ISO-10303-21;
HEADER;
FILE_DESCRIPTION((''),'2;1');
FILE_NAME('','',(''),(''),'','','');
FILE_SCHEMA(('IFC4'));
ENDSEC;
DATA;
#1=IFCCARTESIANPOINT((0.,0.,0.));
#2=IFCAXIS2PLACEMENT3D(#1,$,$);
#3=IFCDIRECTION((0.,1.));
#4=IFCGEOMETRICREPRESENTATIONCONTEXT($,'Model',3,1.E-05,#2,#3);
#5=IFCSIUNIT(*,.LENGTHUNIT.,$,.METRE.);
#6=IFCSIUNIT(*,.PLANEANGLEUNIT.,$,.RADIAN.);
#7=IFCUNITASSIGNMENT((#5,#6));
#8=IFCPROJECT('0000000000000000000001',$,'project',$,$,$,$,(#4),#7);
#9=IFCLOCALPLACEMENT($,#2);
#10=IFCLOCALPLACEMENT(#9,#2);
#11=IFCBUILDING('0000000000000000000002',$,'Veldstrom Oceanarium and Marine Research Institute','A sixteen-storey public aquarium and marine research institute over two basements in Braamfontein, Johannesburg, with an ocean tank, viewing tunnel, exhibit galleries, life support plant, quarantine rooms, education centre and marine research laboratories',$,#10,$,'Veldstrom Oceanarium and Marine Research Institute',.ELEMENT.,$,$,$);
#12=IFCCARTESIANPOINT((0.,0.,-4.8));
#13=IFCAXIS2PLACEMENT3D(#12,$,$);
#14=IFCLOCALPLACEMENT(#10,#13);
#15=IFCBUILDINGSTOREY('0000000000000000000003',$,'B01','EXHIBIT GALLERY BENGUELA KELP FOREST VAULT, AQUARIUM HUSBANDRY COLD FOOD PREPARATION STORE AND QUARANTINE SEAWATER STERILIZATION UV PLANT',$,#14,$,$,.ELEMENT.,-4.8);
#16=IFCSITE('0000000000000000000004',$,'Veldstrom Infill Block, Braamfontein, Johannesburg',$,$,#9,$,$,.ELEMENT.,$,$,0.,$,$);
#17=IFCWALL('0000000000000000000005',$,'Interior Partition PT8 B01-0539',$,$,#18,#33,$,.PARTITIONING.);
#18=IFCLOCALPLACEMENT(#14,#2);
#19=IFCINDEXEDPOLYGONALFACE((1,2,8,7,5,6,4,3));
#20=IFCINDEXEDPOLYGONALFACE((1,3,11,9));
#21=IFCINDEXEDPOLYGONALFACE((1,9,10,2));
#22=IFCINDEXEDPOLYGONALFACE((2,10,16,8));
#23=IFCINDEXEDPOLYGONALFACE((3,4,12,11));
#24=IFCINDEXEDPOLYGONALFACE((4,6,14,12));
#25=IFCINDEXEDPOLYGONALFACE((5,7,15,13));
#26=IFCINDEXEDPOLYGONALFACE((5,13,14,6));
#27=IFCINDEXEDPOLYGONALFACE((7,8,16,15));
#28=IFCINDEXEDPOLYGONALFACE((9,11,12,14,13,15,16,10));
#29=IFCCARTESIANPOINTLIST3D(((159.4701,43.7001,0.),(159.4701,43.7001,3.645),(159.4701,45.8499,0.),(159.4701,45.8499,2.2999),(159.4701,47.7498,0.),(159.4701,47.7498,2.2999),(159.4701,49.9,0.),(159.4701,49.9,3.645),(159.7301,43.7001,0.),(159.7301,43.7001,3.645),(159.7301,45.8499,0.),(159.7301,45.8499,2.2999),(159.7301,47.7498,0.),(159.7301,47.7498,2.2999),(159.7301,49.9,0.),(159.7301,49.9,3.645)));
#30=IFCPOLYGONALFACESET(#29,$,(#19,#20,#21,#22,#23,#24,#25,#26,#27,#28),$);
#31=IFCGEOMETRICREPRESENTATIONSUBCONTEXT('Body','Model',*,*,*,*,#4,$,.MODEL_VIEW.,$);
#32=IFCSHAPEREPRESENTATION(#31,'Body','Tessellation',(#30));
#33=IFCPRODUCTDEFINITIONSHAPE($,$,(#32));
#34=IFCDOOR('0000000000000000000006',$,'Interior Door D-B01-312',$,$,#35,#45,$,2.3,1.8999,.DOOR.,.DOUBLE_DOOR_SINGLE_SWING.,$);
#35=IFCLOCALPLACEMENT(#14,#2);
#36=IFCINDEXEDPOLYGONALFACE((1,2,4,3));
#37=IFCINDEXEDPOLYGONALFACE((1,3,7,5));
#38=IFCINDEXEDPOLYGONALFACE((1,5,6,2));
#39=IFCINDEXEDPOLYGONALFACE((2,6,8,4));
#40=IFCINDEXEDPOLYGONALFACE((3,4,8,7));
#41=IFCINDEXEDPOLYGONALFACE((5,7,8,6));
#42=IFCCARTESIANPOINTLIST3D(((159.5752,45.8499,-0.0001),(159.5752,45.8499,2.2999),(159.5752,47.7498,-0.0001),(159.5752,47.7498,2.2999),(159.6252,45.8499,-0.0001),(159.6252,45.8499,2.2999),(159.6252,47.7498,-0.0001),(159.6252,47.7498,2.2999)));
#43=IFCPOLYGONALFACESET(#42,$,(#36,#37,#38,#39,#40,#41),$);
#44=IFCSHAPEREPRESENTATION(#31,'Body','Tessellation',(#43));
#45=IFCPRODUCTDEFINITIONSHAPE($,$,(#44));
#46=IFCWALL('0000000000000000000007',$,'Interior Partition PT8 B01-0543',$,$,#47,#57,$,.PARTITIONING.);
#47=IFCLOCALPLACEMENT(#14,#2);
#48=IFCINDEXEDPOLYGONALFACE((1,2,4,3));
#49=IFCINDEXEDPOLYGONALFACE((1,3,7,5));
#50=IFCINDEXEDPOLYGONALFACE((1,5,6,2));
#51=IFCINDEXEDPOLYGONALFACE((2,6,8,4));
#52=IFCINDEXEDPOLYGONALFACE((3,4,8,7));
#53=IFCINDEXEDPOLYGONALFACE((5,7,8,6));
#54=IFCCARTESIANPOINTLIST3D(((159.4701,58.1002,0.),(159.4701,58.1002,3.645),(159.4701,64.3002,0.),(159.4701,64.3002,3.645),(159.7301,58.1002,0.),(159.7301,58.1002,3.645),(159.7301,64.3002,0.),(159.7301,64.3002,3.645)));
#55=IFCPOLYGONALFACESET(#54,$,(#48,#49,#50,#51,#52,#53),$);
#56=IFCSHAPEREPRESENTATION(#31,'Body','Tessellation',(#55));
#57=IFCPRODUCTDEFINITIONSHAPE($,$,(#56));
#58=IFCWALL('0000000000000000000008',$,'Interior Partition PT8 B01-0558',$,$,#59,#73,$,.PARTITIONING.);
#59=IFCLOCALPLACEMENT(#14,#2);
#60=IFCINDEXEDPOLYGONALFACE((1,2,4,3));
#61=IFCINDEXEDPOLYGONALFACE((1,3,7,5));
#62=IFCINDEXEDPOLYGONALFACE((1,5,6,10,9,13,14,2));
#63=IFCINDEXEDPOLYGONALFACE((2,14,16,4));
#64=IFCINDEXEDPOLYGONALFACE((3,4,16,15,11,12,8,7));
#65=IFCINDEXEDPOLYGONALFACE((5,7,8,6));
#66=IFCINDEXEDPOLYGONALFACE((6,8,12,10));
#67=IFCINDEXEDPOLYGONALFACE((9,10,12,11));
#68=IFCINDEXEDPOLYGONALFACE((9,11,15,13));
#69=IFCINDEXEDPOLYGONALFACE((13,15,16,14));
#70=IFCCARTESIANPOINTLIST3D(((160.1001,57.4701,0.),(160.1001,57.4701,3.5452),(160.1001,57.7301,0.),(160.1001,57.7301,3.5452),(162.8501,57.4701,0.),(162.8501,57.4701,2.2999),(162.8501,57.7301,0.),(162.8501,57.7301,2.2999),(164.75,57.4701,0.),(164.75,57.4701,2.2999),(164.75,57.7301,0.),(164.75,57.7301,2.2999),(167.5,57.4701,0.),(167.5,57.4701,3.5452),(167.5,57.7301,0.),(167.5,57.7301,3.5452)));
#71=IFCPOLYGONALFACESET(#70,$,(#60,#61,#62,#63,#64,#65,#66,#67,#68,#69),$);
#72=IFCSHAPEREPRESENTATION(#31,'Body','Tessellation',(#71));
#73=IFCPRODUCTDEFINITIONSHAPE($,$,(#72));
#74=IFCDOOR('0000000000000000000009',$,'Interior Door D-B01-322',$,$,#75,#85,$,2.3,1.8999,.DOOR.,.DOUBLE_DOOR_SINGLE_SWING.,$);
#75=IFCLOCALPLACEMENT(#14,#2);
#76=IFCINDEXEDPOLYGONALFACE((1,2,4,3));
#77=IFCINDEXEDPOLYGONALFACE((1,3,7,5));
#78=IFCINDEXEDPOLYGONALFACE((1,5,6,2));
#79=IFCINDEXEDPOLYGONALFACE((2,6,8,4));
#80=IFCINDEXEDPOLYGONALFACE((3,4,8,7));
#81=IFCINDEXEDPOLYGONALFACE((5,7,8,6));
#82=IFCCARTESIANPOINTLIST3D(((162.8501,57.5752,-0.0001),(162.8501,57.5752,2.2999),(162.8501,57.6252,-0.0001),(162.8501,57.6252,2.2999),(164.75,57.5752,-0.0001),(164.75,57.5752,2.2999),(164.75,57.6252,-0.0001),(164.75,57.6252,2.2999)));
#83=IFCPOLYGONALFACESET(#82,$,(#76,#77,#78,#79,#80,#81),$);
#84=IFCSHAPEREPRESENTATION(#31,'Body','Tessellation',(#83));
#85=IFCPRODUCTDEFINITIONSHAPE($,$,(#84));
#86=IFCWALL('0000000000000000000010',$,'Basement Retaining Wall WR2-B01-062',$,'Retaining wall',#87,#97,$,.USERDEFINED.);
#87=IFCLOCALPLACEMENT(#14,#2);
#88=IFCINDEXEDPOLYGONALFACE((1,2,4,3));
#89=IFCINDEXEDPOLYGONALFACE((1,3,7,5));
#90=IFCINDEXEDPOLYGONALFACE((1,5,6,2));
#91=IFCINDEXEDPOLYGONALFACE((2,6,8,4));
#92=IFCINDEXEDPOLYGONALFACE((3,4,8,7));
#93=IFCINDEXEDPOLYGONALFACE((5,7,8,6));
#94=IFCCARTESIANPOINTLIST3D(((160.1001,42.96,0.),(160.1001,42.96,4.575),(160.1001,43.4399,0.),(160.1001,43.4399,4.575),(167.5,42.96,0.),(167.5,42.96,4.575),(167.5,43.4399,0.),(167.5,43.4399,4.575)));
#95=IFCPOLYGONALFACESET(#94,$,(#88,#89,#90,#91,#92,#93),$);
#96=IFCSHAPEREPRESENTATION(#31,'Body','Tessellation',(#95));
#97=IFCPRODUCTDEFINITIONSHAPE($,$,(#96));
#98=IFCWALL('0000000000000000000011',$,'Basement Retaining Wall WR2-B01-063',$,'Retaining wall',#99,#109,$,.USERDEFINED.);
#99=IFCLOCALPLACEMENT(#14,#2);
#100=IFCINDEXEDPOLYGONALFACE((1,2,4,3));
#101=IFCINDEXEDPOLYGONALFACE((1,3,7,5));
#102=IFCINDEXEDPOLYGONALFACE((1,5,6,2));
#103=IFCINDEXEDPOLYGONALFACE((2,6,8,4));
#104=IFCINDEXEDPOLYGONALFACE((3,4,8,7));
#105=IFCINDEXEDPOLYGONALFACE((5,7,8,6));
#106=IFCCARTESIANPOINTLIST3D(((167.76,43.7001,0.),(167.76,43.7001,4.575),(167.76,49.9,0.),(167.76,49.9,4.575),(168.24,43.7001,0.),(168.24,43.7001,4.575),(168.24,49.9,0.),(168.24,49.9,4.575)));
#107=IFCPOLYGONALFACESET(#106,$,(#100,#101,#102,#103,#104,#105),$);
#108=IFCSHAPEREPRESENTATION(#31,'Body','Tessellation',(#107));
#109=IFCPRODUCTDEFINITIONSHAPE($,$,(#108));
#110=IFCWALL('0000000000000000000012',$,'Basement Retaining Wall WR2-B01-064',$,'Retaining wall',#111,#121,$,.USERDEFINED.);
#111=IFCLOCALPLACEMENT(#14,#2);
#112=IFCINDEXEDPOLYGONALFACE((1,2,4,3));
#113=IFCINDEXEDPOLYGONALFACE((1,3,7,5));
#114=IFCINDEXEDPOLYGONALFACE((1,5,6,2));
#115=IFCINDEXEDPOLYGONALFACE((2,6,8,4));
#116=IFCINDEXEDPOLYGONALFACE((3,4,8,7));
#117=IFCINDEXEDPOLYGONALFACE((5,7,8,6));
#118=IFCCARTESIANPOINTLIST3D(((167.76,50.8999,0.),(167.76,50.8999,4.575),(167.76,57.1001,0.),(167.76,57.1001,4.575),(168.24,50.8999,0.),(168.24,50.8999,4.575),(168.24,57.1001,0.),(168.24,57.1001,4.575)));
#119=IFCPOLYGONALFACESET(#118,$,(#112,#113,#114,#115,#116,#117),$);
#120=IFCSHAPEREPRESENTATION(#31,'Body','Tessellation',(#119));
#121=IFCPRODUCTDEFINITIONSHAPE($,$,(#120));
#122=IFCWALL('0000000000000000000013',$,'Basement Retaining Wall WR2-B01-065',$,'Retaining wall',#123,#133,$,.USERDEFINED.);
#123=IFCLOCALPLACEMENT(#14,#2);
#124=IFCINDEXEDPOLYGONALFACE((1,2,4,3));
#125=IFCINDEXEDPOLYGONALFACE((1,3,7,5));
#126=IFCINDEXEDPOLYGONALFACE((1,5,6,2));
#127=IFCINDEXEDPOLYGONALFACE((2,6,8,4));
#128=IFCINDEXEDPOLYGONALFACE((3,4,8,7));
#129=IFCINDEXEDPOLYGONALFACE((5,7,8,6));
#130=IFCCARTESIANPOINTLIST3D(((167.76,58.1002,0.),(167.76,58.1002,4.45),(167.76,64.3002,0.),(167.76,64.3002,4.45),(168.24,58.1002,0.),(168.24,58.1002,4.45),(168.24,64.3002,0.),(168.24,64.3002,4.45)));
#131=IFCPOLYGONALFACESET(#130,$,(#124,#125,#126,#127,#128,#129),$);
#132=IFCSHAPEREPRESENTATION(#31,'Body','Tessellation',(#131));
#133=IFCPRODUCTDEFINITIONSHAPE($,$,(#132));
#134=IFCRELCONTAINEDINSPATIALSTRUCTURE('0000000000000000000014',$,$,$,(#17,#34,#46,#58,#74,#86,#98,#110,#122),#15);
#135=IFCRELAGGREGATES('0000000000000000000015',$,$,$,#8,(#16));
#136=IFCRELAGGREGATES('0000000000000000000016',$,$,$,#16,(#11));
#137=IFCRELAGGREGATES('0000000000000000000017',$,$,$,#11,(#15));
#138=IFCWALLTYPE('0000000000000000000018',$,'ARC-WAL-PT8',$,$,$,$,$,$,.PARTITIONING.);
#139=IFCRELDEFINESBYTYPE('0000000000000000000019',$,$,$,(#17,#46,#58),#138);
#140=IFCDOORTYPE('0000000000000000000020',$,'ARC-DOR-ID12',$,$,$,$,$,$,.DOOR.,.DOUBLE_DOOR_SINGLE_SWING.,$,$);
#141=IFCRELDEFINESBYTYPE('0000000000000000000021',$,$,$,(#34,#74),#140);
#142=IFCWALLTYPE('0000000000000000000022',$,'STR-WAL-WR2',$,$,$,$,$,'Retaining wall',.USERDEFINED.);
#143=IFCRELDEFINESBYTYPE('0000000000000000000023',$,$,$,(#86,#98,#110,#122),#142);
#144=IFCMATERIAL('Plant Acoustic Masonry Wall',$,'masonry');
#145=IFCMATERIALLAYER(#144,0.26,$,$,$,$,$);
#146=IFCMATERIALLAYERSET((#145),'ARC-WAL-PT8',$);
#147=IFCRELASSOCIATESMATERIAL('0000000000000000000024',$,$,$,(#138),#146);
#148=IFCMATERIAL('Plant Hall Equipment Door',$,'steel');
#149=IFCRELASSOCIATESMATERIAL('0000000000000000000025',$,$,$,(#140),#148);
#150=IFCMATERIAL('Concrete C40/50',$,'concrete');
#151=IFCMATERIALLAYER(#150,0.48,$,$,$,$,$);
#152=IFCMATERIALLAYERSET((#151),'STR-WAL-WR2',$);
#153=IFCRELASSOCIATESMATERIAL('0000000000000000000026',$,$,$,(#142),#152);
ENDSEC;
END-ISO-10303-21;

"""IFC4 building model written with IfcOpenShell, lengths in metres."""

from ifc_helpers import new_model, si_unit, direction, frame, frame_2d, origin, place, context, subcontext, project, spatial, rectangle, extrude, material, layer, layer_set, type_object, element, fill, save


model = new_model("IFC4")

# Units and contexts
model_context = context("Model", 3, precision=1e-05, world=origin(), true_north=direction((0.0, 1.0)))
body_context = subcontext(model_context, "Body", "Model", "MODEL_VIEW")
ifc_project = project(units=[si_unit("LENGTHUNIT", "METRE"), si_unit("PLANEANGLEUNIT", "RADIAN")], contexts=[model_context])

# Site, building, storey
site_placement = place(None, origin())
site = spatial("IfcSite", under=ifc_project, at=site_placement, Name="Veldstrom Infill Block, Braamfontein, Johannesburg", CompositionType="ELEMENT", RefElevation=0.0)
building_placement = place(site_placement, origin())
building = spatial("IfcBuilding", under=site, at=building_placement, Name="Veldstrom Oceanarium and Marine Research Institute", Description="A sixteen-storey public aquarium and marine research institute over two basements in Braamfontein, Johannesburg, with an ocean tank, viewing tunnel, exhibit galleries, life support plant, quarantine rooms, education centre and marine research laboratories", LongName="Veldstrom Oceanarium and Marine Research Institute", CompositionType="ELEMENT")
storey_placement = place(building_placement, frame((0.0, 0.0, -4.8)))
storey = spatial("IfcBuildingStorey", under=building, at=storey_placement, Name="B01", Description="EXHIBIT GALLERY BENGUELA KELP FOREST VAULT, AQUARIUM HUSBANDRY COLD FOOD PREPARATION STORE AND QUARANTINE SEAWATER STERILIZATION UV PLANT", CompositionType="ELEMENT", Elevation=-4.8)

# Wall, opening, door
ifc_material_1 = material(Name="Plant Acoustic Masonry Wall", Category="masonry")
ifc_layer_1 = layer(ifc_material_1, 0.26)
ifc_layer_set_1 = layer_set([ifc_layer_1], Name="ARC-WAL-PT8")
wall_type_1 = type_object("IfcWallType", Name="ARC-WAL-PT8", PredefinedType="PARTITIONING", material=ifc_layer_set_1)
wall_1_placement = place(storey_placement, frame((159.6001, 43.7, 0.0), z_axis=(0.0, 0.0, 1.0), x_axis=(0.0, 1.0, 0.0)))
wall_1 = element("IfcWall", 1, at=wall_1_placement, inside=storey, type_object=wall_type_1, Name="Interior Partition PT8 B01-0539", PredefinedType="PARTITIONING", context=body_context, shape_type="SweptSolid", body=[
    extrude(rectangle(XDim=6.2, YDim=0.26, at=frame_2d((3.1001, 0.0))), origin(), (0.0, 0.0, 1.0), 3.645),
])
opening_1_placement = place(wall_1_placement, frame((2.1499, 0.0, 0.0)))
opening_1 = element("IfcOpeningElement", 2, at=opening_1_placement, cuts=wall_1, PredefinedType="OPENING", context=body_context, shape_type="SweptSolid", body=[
    extrude(rectangle(XDim=1.8999, YDim=2.3, at=frame_2d((0.95, 1.1499))), frame((0.0, 0.1399, 0.0), z_axis=(0.0, -1.0, 0.0), x_axis=(1.0, 0.0, 0.0)), (0.0, 0.0, 1.0), 0.28),
])
ifc_material_2 = material(Name="Plant Hall Equipment Door", Category="steel")
door_type = type_object("IfcDoorType", Name="ARC-DOR-ID12", OperationType="DOUBLE_DOOR_SINGLE_SWING", PredefinedType="DOOR", material=ifc_material_2)
door_1_placement = place(opening_1_placement, origin())
door_1 = element("IfcDoor", 3, at=door_1_placement, inside=storey, type_object=door_type, Name="Interior Door D-B01-312", OperationType="DOUBLE_DOOR_SINGLE_SWING", OverallHeight=2.3, OverallWidth=1.8999, PredefinedType="DOOR", context=body_context, shape_type="SweptSolid", body=[
    extrude(rectangle(XDim=1.8999, YDim=2.3, at=frame_2d((0.95, 1.1499))), frame((0.0, 0.0249, 0.0), z_axis=(0.0, -1.0, 0.0), x_axis=(1.0, 0.0, 0.0)), (0.0, 0.0, 1.0), 0.05),
])
fill(opening_1, door_1)

# Wall
wall_2_placement = place(storey_placement, frame((159.6001, 58.1001, 0.0), z_axis=(0.0, 0.0, 1.0), x_axis=(0.0, 1.0, 0.0)))
element("IfcWall", 4, at=wall_2_placement, inside=storey, type_object=wall_type_1, Name="Interior Partition PT8 B01-0543", PredefinedType="PARTITIONING", context=body_context, shape_type="SweptSolid", body=[
    extrude(rectangle(XDim=6.2, YDim=0.26, at=frame_2d((3.1001, 0.0))), origin(), (0.0, 0.0, 1.0), 3.645),
])

# Wall, opening, door
wall_3_placement = place(storey_placement, frame((160.1001, 57.6001, 0.0), z_axis=(0.0, 0.0, 1.0), x_axis=(1.0, 0.0, 0.0)))
wall_3 = element("IfcWall", 5, at=wall_3_placement, inside=storey, type_object=wall_type_1, Name="Interior Partition PT8 B01-0558", PredefinedType="PARTITIONING", context=body_context, shape_type="SweptSolid", body=[
    extrude(rectangle(XDim=7.3999, YDim=0.26, at=frame_2d((3.7, 0.0))), origin(), (0.0, 0.0, 1.0), 3.5452),
])
opening_2_placement = place(wall_3_placement, frame((2.75, 0.0, 0.0)))
opening_2 = element("IfcOpeningElement", 6, at=opening_2_placement, cuts=wall_3, PredefinedType="OPENING", context=body_context, shape_type="SweptSolid", body=[
    extrude(rectangle(XDim=1.8999, YDim=2.3, at=frame_2d((0.95, 1.1499))), frame((0.0, 0.1399, 0.0), z_axis=(0.0, -1.0, 0.0), x_axis=(1.0, 0.0, 0.0)), (0.0, 0.0, 1.0), 0.28),
])
door_2_placement = place(opening_2_placement, frame((1.8999, 0.0, 0.0), z_axis=(0.0, 0.0, 1.0), x_axis=(-1.0, 0.0, 0.0)))
door_2 = element("IfcDoor", 7, at=door_2_placement, inside=storey, type_object=door_type, Name="Interior Door D-B01-322", OperationType="DOUBLE_DOOR_SINGLE_SWING", OverallHeight=2.3, OverallWidth=1.8999, PredefinedType="DOOR", context=body_context, shape_type="SweptSolid", body=[
    extrude(rectangle(XDim=1.8999, YDim=2.3, at=frame_2d((0.95, 1.1499))), frame((0.0, 0.0249, 0.0), z_axis=(0.0, -1.0, 0.0), x_axis=(1.0, 0.0, 0.0)), (0.0, 0.0, 1.0), 0.05),
])
fill(opening_2, door_2)

# Walls
ifc_material_3 = material(Name="Concrete C40/50", Category="concrete")
ifc_layer_2 = layer(ifc_material_3, 0.48)
ifc_layer_set_2 = layer_set([ifc_layer_2], Name="STR-WAL-WR2")
wall_type_2 = type_object("IfcWallType", Name="STR-WAL-WR2", ElementType="Retaining wall", PredefinedType="USERDEFINED", material=ifc_layer_set_2)
wall_4_placement = place(storey_placement, frame((160.1001, 43.2, 0.0), z_axis=(0.0, 0.0, 1.0), x_axis=(1.0, 0.0, 0.0)))
element("IfcWall", 8, at=wall_4_placement, inside=storey, type_object=wall_type_2, Name="Basement Retaining Wall WR2-B01-062", ObjectType="Retaining wall", PredefinedType="USERDEFINED", context=body_context, shape_type="SweptSolid", body=[
    extrude(rectangle(XDim=7.3999, YDim=0.48, at=frame_2d((3.7, 0.0))), origin(), (0.0, 0.0, 1.0), 4.575),
])
wall_5_placement = place(storey_placement, frame((168.0, 43.7, 0.0), z_axis=(0.0, 0.0, 1.0), x_axis=(0.0, 1.0, 0.0)))
element("IfcWall", 9, at=wall_5_placement, inside=storey, type_object=wall_type_2, Name="Basement Retaining Wall WR2-B01-063", ObjectType="Retaining wall", PredefinedType="USERDEFINED", context=body_context, shape_type="SweptSolid", body=[
    extrude(rectangle(XDim=6.2, YDim=0.48, at=frame_2d((3.1001, 0.0))), origin(), (0.0, 0.0, 1.0), 4.575),
])
wall_6_placement = place(storey_placement, frame((168.0, 50.8999, 0.0), z_axis=(0.0, 0.0, 1.0), x_axis=(0.0, 1.0, 0.0)))
element("IfcWall", 10, at=wall_6_placement, inside=storey, type_object=wall_type_2, Name="Basement Retaining Wall WR2-B01-064", ObjectType="Retaining wall", PredefinedType="USERDEFINED", context=body_context, shape_type="SweptSolid", body=[
    extrude(rectangle(XDim=6.2002, YDim=0.48, at=frame_2d((3.1001, 0.0))), origin(), (0.0, 0.0, 1.0), 4.575),
])
wall_7_placement = place(storey_placement, frame((168.0, 58.1001, 0.0), z_axis=(0.0, 0.0, 1.0), x_axis=(0.0, 1.0, 0.0)))
element("IfcWall", 11, at=wall_7_placement, inside=storey, type_object=wall_type_2, Name="Basement Retaining Wall WR2-B01-065", ObjectType="Retaining wall", PredefinedType="USERDEFINED", context=body_context, shape_type="SweptSolid", body=[
    extrude(rectangle(XDim=6.2, YDim=0.48, at=frame_2d((3.1001, 0.0))), origin(), (0.0, 0.0, 1.0), 4.45),
])

save(model, "model.ifc")
